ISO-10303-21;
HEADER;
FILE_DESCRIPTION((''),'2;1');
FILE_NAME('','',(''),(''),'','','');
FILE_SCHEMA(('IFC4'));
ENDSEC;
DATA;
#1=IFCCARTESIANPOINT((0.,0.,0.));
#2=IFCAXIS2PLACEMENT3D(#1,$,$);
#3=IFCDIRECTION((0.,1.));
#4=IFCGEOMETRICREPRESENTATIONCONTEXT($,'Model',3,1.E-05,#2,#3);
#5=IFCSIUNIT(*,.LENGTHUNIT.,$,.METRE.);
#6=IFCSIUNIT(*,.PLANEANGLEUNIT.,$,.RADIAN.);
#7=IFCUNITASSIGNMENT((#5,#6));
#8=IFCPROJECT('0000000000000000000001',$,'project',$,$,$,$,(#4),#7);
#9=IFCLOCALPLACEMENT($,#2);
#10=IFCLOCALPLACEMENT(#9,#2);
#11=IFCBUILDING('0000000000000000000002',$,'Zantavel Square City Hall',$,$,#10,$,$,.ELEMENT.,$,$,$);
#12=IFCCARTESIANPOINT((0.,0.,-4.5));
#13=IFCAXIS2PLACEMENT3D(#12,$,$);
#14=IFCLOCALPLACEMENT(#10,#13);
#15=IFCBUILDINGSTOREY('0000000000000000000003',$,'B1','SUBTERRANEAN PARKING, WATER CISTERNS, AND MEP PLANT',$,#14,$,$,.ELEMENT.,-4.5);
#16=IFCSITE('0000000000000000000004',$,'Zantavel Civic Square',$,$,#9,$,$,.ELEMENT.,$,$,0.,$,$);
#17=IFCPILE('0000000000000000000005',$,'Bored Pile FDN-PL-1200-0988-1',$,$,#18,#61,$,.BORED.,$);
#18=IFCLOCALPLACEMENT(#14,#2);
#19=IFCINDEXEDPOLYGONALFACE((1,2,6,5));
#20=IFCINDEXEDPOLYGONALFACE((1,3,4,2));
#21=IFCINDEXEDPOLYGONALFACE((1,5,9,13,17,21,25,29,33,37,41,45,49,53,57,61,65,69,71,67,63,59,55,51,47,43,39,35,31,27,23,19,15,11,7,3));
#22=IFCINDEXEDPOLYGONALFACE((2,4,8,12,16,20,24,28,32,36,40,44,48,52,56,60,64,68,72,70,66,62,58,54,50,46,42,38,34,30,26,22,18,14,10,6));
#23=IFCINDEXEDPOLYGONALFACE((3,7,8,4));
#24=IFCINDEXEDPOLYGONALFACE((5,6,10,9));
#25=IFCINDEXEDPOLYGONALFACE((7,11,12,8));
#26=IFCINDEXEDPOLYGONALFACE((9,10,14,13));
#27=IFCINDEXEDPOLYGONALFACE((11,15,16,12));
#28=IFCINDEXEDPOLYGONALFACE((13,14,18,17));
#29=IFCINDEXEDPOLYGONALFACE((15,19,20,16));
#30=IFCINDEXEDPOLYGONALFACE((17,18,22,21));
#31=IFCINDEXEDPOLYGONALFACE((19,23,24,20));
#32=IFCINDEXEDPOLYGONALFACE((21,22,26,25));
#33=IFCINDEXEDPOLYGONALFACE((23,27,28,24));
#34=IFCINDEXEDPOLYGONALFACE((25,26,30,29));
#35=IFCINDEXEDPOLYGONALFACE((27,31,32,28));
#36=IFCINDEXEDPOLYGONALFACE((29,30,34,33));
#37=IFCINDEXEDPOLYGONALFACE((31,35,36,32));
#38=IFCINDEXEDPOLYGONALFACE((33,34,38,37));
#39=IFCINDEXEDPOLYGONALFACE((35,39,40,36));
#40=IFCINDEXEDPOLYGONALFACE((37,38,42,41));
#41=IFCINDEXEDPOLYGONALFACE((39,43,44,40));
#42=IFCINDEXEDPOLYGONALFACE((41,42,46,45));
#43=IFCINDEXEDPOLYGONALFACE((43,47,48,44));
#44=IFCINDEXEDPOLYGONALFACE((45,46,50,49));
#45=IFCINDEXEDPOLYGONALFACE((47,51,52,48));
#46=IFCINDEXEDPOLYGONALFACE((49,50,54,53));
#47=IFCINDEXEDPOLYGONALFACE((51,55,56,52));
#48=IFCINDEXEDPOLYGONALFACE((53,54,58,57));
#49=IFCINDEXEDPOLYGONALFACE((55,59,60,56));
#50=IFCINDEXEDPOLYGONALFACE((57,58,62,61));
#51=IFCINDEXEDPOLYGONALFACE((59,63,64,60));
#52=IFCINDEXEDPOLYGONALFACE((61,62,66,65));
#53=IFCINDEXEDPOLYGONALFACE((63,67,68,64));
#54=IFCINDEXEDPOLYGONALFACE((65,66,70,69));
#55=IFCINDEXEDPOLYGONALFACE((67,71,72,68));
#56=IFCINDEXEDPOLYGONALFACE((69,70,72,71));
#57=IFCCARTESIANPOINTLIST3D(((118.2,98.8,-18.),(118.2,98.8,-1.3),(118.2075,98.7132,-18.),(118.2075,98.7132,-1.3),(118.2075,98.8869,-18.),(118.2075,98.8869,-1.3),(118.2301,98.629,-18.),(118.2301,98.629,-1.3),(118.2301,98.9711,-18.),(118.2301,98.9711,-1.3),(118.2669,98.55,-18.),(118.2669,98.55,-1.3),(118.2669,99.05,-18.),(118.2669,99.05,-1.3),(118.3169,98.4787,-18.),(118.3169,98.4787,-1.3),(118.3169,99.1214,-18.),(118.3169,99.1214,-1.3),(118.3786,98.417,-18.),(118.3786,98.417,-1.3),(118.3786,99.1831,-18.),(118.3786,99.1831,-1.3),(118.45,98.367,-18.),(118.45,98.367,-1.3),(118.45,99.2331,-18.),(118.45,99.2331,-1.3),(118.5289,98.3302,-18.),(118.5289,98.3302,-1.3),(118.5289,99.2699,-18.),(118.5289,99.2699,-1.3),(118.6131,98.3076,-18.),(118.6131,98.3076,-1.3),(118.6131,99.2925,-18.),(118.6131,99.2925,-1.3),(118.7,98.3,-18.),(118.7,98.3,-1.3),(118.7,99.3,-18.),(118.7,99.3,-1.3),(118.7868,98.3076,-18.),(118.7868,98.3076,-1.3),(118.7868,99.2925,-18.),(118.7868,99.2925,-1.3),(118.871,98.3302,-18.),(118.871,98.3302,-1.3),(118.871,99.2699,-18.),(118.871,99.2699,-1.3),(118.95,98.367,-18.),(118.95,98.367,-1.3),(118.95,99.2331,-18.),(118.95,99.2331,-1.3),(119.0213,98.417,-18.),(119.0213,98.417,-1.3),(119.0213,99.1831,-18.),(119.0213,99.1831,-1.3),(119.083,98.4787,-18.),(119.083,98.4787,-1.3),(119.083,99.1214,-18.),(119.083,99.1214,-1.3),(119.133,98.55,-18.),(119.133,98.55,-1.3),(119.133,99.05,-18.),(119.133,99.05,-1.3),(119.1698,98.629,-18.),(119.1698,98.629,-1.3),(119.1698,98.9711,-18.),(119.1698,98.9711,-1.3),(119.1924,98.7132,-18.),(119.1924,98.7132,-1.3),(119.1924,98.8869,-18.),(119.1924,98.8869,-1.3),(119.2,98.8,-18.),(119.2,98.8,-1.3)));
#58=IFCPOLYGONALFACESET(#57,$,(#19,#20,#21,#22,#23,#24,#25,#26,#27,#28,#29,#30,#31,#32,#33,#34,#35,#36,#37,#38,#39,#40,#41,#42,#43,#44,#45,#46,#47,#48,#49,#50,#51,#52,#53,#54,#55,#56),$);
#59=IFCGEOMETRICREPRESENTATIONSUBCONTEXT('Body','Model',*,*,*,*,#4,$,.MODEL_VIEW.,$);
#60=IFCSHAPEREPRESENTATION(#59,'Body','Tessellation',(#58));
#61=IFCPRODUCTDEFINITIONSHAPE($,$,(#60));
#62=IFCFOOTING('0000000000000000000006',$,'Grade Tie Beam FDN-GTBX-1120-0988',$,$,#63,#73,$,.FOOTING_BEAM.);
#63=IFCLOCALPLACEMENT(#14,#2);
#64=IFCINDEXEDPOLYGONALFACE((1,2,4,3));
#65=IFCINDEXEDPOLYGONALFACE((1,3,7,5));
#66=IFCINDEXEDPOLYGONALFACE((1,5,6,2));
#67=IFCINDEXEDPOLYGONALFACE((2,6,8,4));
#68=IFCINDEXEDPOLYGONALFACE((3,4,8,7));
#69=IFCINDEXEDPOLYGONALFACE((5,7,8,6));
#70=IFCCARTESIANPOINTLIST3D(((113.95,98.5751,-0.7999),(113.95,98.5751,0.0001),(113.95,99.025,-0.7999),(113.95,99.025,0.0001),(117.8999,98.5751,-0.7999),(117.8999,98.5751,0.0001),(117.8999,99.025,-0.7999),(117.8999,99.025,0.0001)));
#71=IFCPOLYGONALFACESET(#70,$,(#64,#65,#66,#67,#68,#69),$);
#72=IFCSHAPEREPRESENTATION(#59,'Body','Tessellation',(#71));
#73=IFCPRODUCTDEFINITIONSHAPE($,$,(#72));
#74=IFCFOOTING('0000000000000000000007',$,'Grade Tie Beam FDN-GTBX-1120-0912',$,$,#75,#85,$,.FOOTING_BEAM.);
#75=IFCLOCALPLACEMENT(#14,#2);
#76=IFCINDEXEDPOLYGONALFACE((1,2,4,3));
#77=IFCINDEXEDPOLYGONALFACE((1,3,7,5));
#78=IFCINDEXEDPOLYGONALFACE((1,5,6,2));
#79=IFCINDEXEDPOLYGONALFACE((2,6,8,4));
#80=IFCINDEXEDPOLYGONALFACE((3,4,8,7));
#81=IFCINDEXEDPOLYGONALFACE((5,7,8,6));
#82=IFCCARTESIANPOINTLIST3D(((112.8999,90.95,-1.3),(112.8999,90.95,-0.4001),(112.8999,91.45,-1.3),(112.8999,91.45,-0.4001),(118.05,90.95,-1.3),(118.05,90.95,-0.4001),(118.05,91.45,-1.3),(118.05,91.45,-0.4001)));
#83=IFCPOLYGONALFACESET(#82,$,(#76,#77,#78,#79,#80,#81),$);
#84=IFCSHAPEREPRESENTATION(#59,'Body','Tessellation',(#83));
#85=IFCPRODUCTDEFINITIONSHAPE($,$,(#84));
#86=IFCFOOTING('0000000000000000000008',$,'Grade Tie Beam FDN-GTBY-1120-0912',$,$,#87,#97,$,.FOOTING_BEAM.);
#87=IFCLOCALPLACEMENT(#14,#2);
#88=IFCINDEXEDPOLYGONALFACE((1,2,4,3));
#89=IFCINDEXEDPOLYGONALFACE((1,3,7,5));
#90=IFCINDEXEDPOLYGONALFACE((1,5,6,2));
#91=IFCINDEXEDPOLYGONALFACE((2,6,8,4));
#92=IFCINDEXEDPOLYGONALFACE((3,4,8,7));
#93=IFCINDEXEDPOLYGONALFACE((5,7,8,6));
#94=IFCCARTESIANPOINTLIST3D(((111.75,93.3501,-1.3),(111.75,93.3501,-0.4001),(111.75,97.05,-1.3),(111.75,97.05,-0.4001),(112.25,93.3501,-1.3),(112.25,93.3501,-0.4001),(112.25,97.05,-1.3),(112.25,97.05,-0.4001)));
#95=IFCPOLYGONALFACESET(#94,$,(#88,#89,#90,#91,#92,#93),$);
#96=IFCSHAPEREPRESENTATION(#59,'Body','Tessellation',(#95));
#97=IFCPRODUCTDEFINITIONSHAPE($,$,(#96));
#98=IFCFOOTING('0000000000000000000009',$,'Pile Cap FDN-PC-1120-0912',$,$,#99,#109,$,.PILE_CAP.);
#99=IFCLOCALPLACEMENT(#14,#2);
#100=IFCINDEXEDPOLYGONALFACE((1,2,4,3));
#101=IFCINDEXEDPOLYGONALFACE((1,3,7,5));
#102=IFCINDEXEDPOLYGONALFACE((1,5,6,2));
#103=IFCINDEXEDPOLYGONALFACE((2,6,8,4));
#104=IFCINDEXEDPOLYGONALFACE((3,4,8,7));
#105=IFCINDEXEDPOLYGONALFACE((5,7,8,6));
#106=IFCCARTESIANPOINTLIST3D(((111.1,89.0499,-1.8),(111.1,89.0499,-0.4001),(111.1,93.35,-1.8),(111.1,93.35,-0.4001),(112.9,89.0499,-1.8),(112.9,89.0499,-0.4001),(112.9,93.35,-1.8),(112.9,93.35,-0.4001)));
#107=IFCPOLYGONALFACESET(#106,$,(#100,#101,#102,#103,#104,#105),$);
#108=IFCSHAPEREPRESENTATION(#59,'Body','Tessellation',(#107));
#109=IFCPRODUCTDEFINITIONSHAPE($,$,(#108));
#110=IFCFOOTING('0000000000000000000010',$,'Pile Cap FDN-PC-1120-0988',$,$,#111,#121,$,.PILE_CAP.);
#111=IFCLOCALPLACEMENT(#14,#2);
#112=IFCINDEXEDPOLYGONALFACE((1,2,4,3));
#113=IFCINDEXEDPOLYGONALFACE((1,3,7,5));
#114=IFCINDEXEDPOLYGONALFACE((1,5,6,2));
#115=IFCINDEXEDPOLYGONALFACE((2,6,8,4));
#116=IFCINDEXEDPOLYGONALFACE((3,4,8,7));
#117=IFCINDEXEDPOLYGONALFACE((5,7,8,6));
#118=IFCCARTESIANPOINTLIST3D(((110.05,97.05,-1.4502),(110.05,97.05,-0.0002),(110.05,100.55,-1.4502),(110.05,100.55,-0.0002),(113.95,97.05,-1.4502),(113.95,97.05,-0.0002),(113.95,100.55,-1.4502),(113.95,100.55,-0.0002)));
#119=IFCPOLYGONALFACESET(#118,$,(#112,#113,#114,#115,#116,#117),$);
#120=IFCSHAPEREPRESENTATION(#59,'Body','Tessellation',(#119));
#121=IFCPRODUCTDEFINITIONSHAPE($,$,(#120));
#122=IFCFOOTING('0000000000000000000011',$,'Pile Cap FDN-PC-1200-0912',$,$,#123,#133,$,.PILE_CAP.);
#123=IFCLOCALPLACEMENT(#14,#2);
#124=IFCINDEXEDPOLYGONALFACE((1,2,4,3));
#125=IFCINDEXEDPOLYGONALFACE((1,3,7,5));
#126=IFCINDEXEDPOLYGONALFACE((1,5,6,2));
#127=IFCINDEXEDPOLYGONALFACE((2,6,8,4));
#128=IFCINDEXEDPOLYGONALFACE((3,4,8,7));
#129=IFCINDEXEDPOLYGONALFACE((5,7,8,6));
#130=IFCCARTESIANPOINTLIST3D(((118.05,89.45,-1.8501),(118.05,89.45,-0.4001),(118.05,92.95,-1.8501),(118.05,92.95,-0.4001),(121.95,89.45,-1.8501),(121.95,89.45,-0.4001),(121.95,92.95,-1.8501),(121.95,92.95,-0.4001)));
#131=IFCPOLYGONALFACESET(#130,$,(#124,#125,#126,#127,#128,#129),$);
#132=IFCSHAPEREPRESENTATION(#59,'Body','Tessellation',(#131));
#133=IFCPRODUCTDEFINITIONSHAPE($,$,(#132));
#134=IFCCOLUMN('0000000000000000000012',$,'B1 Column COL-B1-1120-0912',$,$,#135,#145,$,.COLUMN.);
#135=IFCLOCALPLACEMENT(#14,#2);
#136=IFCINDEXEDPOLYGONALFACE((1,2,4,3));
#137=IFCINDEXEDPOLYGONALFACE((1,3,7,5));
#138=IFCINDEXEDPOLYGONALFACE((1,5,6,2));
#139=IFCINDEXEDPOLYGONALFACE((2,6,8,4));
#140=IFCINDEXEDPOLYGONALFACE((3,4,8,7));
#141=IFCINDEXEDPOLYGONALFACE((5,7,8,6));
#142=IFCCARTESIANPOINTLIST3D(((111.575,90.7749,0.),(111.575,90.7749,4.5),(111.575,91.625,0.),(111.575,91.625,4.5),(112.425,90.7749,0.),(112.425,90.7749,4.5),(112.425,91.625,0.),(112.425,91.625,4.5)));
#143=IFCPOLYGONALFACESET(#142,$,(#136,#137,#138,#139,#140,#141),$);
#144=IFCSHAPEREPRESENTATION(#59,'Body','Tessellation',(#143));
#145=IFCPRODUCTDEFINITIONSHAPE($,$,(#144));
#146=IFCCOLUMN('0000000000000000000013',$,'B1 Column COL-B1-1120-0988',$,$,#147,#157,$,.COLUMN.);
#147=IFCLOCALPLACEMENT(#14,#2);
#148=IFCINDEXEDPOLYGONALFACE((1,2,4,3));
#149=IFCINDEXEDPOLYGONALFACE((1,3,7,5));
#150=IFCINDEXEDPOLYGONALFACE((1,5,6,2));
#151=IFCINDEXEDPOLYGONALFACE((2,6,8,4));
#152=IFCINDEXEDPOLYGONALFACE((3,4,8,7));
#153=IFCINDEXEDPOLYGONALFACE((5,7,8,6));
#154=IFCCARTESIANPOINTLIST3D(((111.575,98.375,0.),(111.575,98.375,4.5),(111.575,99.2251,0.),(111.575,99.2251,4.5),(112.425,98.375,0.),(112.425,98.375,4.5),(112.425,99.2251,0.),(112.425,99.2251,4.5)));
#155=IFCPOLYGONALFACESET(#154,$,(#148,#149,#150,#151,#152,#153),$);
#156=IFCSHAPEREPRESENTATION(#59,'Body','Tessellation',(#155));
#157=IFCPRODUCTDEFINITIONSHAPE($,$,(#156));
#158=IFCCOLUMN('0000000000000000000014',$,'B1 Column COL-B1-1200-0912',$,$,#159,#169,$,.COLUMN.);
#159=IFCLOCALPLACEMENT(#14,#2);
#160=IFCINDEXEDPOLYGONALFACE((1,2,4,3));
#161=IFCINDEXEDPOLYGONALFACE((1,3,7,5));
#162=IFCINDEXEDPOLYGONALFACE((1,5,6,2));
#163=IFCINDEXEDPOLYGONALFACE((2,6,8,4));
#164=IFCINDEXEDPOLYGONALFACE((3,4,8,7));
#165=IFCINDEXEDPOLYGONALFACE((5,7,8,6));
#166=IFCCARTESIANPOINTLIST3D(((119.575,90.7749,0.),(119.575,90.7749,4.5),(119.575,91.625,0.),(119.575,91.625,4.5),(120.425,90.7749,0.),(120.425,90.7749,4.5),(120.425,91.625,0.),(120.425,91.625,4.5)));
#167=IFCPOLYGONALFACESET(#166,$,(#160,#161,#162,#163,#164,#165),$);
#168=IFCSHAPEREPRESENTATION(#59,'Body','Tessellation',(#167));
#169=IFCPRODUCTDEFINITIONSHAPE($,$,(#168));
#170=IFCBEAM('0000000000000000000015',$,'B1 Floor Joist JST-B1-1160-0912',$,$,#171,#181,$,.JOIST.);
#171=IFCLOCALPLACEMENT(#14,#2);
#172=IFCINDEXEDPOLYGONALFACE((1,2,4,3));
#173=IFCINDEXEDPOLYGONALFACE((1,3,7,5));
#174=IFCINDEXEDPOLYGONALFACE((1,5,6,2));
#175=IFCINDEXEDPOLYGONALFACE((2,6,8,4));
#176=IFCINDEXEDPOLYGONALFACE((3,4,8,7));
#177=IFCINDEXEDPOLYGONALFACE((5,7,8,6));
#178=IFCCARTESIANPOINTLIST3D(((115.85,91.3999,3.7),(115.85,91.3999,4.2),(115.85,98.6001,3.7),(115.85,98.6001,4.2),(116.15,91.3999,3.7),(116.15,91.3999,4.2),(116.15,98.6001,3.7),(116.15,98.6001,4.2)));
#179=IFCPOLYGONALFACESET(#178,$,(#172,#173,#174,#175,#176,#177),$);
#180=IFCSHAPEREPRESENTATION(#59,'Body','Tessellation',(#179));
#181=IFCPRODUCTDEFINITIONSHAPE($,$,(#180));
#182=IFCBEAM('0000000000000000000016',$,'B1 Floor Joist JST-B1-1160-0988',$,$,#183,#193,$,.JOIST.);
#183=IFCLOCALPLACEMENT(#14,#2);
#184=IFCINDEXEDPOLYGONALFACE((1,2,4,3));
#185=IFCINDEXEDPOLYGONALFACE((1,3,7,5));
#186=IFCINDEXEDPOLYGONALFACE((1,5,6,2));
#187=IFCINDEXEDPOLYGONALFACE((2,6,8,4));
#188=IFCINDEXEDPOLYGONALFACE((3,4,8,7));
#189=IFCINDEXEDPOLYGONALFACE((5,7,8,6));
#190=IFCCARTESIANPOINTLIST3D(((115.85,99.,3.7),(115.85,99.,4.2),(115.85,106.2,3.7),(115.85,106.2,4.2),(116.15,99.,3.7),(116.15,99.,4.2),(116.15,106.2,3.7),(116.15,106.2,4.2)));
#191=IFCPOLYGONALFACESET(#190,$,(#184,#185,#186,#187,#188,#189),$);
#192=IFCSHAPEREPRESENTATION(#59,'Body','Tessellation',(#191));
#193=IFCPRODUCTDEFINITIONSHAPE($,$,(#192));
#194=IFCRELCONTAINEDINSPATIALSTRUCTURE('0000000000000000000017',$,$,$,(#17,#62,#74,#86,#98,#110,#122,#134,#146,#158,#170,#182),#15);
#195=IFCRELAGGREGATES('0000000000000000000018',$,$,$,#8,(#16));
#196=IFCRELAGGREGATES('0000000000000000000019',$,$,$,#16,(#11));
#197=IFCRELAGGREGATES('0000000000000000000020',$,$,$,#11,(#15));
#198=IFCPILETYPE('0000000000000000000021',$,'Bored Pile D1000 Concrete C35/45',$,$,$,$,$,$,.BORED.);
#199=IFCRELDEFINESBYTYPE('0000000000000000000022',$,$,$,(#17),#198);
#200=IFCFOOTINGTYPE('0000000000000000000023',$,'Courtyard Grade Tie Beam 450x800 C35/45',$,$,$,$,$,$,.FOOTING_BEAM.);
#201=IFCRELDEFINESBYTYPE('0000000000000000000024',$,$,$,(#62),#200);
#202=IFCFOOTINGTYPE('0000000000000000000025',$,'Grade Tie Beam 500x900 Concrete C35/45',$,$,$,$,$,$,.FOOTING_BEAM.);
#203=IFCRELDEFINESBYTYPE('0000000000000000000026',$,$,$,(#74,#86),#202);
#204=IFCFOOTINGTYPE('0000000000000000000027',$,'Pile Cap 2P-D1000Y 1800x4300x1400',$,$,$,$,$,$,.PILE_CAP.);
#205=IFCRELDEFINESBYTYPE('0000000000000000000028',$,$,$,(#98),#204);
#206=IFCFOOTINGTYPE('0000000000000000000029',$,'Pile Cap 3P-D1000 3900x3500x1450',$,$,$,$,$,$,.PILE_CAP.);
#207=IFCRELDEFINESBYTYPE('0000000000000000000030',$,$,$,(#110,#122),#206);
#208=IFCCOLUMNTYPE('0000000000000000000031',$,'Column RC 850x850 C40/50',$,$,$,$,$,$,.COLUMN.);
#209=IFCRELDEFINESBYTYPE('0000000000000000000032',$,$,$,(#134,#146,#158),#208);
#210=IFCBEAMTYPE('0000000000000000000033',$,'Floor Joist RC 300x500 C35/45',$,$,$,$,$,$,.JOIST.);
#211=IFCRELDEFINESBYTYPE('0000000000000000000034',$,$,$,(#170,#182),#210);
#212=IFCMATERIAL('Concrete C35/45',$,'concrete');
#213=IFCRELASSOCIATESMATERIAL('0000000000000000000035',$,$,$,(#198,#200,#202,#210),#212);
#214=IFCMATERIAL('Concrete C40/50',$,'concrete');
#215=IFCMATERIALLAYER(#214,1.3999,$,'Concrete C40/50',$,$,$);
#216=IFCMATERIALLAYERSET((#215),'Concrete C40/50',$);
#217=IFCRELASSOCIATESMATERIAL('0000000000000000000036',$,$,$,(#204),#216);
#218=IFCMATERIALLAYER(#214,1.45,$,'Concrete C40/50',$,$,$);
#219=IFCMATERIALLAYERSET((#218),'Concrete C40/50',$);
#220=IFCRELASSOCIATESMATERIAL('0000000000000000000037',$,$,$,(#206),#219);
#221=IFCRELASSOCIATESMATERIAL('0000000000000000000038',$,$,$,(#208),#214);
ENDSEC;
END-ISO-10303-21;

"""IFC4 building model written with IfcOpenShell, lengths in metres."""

from ifc_helpers import new_model, si_unit, direction, frame, origin, origin_2d, place, context, subcontext, project, spatial, rectangle, circle, extrude, material, layer, layer_set, material_profile, profile_set, type_object, element, save


model = new_model("IFC4")

# Units and contexts
model_context = context("Model", 3, precision=1e-05, world=origin(), true_north=direction((0.0, 1.0)))
body_context = subcontext(model_context, "Body", "Model", "MODEL_VIEW")
ifc_project = project(units=[si_unit("LENGTHUNIT", "METRE"), si_unit("PLANEANGLEUNIT", "RADIAN")], contexts=[model_context])

# Site, building, storey
site_placement = place(None, origin())
site = spatial("IfcSite", under=ifc_project, at=site_placement, Name="Zantavel Civic Square", CompositionType="ELEMENT", RefElevation=0.0)
building_placement = place(site_placement, origin())
building = spatial("IfcBuilding", under=site, at=building_placement, Name="Zantavel Square City Hall", CompositionType="ELEMENT")
storey_placement = place(building_placement, frame((0.0, 0.0, -4.5)))
storey = spatial("IfcBuildingStorey", under=building, at=storey_placement, Name="B1", Description="SUBTERRANEAN PARKING, WATER CISTERNS, AND MEP PLANT", CompositionType="ELEMENT", Elevation=-4.5)

# Pile
ifc_material_1 = material(Name="Concrete C35/45", Category="concrete")
ifc_material_profile_1 = material_profile(ifc_material_1, circle(Radius=0.5, at=origin_2d()), Name="PILE D1000")
ifc_profile_set_1 = profile_set([ifc_material_profile_1], Name="Concrete C35/45")
pile_type = type_object("IfcPileType", Name="Bored Pile D1000 Concrete C35/45", PredefinedType="BORED", material=ifc_profile_set_1)
pile_1_placement = place(storey_placement, frame((118.7, 98.8, -1.3), z_axis=(0.0, 0.0, -1.0), x_axis=(1.0, 0.0, 0.0)))
element("IfcPile", 1, at=pile_1_placement, inside=storey, type_object=pile_type, Name="Bored Pile FDN-PL-1200-0988-1", PredefinedType="BORED", context=body_context, shape_type="SweptSolid", body=[
    extrude(circle(Radius=0.5, at=origin_2d()), origin(), (0.0, 0.0, 1.0), 16.7),
])

# Footings
ifc_material_profile_2 = material_profile(ifc_material_1, rectangle(XDim=0.45, YDim=0.8, at=origin_2d()), Name="RC 450x800")
ifc_profile_set_2 = profile_set([ifc_material_profile_2], Name="Concrete C35/45")
footing_type_1 = type_object("IfcFootingType", Name="Courtyard Grade Tie Beam 450x800 C35/45", PredefinedType="FOOTING_BEAM", material=ifc_profile_set_2)
footing_1_placement = place(storey_placement, frame((113.95, 98.8, -0.3999), z_axis=(1.0, 0.0, 0.0), x_axis=(0.0, 1.0, 0.0)))
element("IfcFooting", 2, at=footing_1_placement, inside=storey, type_object=footing_type_1, Name="Grade Tie Beam FDN-GTBX-1120-0988", PredefinedType="FOOTING_BEAM", context=body_context, shape_type="SweptSolid", body=[
    extrude(rectangle(XDim=0.45, YDim=0.8, at=origin_2d()), origin(), (0.0, 0.0, 1.0), 3.95),
])
ifc_material_profile_3 = material_profile(ifc_material_1, rectangle(XDim=0.5, YDim=0.8999, at=origin_2d()), Name="RC 500x900")
ifc_profile_set_3 = profile_set([ifc_material_profile_3], Name="Concrete C35/45")
footing_type_2 = type_object("IfcFootingType", Name="Grade Tie Beam 500x900 Concrete C35/45", PredefinedType="FOOTING_BEAM", material=ifc_profile_set_3)
footing_2_placement = place(storey_placement, frame((112.8999, 91.2, -0.8501), z_axis=(1.0, 0.0, 0.0), x_axis=(0.0, 1.0, 0.0)))
element("IfcFooting", 3, at=footing_2_placement, inside=storey, type_object=footing_type_2, Name="Grade Tie Beam FDN-GTBX-1120-0912", PredefinedType="FOOTING_BEAM", context=body_context, shape_type="SweptSolid", body=[
    extrude(rectangle(XDim=0.5, YDim=0.8999, at=origin_2d()), origin(), (0.0, 0.0, 1.0), 5.1501),
])
footing_3_placement = place(storey_placement, frame((112.0, 93.3501, -0.8501), z_axis=(0.0, 1.0, 0.0), x_axis=(-1.0, 0.0, 0.0)))
element("IfcFooting", 4, at=footing_3_placement, inside=storey, type_object=footing_type_2, Name="Grade Tie Beam FDN-GTBY-1120-0912", PredefinedType="FOOTING_BEAM", context=body_context, shape_type="SweptSolid", body=[
    extrude(rectangle(XDim=0.5, YDim=0.8999, at=origin_2d()), origin(), (0.0, 0.0, 1.0), 3.7),
])
ifc_material_2 = material(Name="Concrete C40/50", Category="concrete")
ifc_layer_1 = layer(ifc_material_2, 1.3999, Name="Concrete C40/50")
ifc_layer_set_1 = layer_set([ifc_layer_1], Name="Concrete C40/50")
footing_type_3 = type_object("IfcFootingType", Name="Pile Cap 2P-D1000Y 1800x4300x1400", PredefinedType="PILE_CAP", material=ifc_layer_set_1)
footing_4_placement = place(storey_placement, frame((112.0, 91.2, -1.8), z_axis=(0.0, 0.0, 1.0), x_axis=(1.0, 0.0, 0.0)))
element("IfcFooting", 5, at=footing_4_placement, inside=storey, type_object=footing_type_3, Name="Pile Cap FDN-PC-1120-0912", PredefinedType="PILE_CAP", context=body_context, shape_type="SweptSolid", body=[
    extrude(rectangle(XDim=1.8, YDim=4.3, at=origin_2d()), origin(), (0.0, 0.0, 1.0), 1.3999),
])
ifc_layer_2 = layer(ifc_material_2, 1.45, Name="Concrete C40/50")
ifc_layer_set_2 = layer_set([ifc_layer_2], Name="Concrete C40/50")
footing_type_4 = type_object("IfcFootingType", Name="Pile Cap 3P-D1000 3900x3500x1450", PredefinedType="PILE_CAP", material=ifc_layer_set_2)
for number, where, z_axis, x_axis, name in (
    (6, (112.0, 98.8, -1.4502), (0.0, 0.0, 1.0), (1.0, 0.0, 0.0), "Pile Cap FDN-PC-1120-0988"),
    (7, (120.0, 91.2, -1.8501), (0.0, 0.0, 1.0), (1.0, 0.0, 0.0), "Pile Cap FDN-PC-1200-0912"),
):
    element("IfcFooting", number, at=place(storey_placement, frame(where, z_axis=z_axis, x_axis=x_axis)), inside=storey, type_object=footing_type_4, Name=name, PredefinedType="PILE_CAP", context=body_context, shape_type="SweptSolid", body=[
        extrude(rectangle(XDim=3.8999, YDim=3.5, at=origin_2d()), origin(), (0.0, 0.0, 1.0), 1.45),
    ])

# Columns
ifc_material_profile_4 = material_profile(ifc_material_2, rectangle(XDim=0.8501, YDim=0.8501, at=origin_2d()), Name="RC 850x850")
ifc_profile_set_4 = profile_set([ifc_material_profile_4], Name="Concrete C40/50")
column_type = type_object("IfcColumnType", Name="Column RC 850x850 C40/50", PredefinedType="COLUMN", material=ifc_profile_set_4)
for number, where, z_axis, x_axis, name in (
    (8, (112.0, 91.2, 0.0), (0.0, 0.0, 1.0), (1.0, 0.0, 0.0), "B1 Column COL-B1-1120-0912"),
    (9, (112.0, 98.8, 0.0), (0.0, 0.0, 1.0), (1.0, 0.0, 0.0), "B1 Column COL-B1-1120-0988"),
    (10, (120.0, 91.2, 0.0), (0.0, 0.0, 1.0), (1.0, 0.0, 0.0), "B1 Column COL-B1-1200-0912"),
):
    element("IfcColumn", number, at=place(storey_placement, frame(where, z_axis=z_axis, x_axis=x_axis)), inside=storey, type_object=column_type, Name=name, PredefinedType="COLUMN", context=body_context, shape_type="SweptSolid", body=[
        extrude(rectangle(XDim=0.8501, YDim=0.8501, at=origin_2d()), origin(), (0.0, 0.0, 1.0), 4.5),
    ])

# Beams
ifc_material_profile_5 = material_profile(ifc_material_1, rectangle(XDim=0.3, YDim=0.5, at=origin_2d()), Name="RC 300x500")
ifc_profile_set_5 = profile_set([ifc_material_profile_5], Name="Concrete C35/45")
beam_type_1 = type_object("IfcBeamType", Name="Floor Joist RC 300x500 C35/45", PredefinedType="JOIST", material=ifc_profile_set_5)
beam_1_placement = place(storey_placement, frame((116.0, 91.3999, 3.95), z_axis=(0.0, 1.0, 0.0), x_axis=(-1.0, 0.0, 0.0)))
element("IfcBeam", 11, at=beam_1_placement, inside=storey, type_object=beam_type_1, Name="B1 Floor Joist JST-B1-1160-0912", PredefinedType="JOIST", context=body_context, shape_type="SweptSolid", body=[
    extrude(rectangle(XDim=0.3, YDim=0.5, at=origin_2d()), origin(), (0.0, 0.0, 1.0), 7.2002),
])
beam_2_placement = place(storey_placement, frame((116.0, 99.0, 3.95), z_axis=(0.0, 1.0, 0.0), x_axis=(-1.0, 0.0, 0.0)))
element("IfcBeam", 12, at=beam_2_placement, inside=storey, type_object=beam_type_1, Name="B1 Floor Joist JST-B1-1160-0988", PredefinedType="JOIST", context=body_context, shape_type="SweptSolid", body=[
    extrude(rectangle(XDim=0.3, YDim=0.5, at=origin_2d()), origin(), (0.0, 0.0, 1.0), 7.2),
])

save(model, "model.ifc")
